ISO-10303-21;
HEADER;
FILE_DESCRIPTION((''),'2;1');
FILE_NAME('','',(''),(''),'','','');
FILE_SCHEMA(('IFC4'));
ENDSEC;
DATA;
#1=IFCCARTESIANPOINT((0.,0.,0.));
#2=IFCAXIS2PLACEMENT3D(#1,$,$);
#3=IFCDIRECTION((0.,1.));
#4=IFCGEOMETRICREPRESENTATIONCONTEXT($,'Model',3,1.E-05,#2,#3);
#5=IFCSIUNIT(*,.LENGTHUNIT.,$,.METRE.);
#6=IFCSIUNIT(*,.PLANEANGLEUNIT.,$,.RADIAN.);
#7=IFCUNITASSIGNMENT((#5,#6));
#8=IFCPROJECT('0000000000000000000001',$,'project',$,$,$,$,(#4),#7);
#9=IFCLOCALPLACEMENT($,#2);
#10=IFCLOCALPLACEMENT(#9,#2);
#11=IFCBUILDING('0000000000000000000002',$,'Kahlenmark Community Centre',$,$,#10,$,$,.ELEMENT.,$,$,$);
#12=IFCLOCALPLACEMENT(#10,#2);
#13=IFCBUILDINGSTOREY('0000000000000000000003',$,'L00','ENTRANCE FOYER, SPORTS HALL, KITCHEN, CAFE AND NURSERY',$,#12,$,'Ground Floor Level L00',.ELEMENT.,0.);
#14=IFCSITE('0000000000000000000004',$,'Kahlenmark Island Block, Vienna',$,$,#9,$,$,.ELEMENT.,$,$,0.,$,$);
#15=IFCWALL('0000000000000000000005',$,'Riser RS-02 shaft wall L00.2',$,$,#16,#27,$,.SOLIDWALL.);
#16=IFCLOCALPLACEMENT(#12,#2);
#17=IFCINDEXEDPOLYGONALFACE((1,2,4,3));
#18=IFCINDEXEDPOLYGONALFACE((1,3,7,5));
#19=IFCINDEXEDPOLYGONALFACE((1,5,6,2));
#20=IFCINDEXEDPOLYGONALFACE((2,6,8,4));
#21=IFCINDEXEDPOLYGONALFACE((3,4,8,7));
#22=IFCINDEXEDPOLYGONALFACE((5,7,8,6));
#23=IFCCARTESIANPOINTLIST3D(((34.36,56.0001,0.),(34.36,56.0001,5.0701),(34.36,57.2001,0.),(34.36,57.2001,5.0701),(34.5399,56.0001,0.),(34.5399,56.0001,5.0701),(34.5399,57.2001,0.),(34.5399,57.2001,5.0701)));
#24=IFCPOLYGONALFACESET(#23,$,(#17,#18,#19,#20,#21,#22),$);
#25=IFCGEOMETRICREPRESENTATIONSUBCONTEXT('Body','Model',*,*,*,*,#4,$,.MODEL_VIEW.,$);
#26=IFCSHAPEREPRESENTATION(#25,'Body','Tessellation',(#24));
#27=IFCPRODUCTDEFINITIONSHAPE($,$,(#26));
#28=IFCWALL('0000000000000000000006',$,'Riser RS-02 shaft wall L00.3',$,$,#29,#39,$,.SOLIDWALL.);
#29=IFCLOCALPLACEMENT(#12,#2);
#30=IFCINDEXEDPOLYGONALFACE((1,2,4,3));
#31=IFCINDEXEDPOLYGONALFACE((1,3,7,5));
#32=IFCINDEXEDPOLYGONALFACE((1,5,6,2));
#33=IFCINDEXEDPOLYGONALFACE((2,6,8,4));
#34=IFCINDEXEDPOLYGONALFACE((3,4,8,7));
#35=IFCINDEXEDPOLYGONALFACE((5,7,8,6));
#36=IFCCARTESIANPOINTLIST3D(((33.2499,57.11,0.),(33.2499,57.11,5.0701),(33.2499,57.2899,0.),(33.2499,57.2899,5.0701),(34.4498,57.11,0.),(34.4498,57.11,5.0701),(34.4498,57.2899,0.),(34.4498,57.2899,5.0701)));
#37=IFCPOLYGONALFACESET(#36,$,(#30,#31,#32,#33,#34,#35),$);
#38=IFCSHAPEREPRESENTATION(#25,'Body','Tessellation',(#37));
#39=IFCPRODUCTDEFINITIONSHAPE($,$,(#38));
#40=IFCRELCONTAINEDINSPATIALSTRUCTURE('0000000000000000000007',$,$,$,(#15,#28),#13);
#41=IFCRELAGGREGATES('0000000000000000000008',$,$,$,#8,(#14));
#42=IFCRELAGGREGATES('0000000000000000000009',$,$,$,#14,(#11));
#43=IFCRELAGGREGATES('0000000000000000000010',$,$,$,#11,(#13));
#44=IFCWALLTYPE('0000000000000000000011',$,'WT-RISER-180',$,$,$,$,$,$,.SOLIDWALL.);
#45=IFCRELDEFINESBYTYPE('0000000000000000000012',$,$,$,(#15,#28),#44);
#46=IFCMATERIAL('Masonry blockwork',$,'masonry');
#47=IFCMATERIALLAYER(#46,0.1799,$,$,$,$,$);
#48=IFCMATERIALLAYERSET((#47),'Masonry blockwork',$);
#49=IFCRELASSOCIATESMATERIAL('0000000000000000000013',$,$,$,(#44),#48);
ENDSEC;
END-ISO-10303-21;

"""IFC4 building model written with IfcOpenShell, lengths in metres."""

from ifc_helpers import new_model, si_unit, direction, frame, frame_2d, origin, place, context, subcontext, project, spatial, rectangle, extrude, material, layer, layer_set, type_object, element, save


model = new_model("IFC4")

# Units and contexts
model_context = context("Model", 3, precision=1e-05, world=origin(), true_north=direction((0.0, 1.0)))
body_context = subcontext(model_context, "Body", "Model", "MODEL_VIEW")
ifc_project = project(units=[si_unit("LENGTHUNIT", "METRE"), si_unit("PLANEANGLEUNIT", "RADIAN")], contexts=[model_context])

# Site, building, storey
site_placement = place(None, origin())
site = spatial("IfcSite", under=ifc_project, at=site_placement, Name="Kahlenmark Island Block, Vienna", CompositionType="ELEMENT", RefElevation=0.0)
building_placement = place(site_placement, origin())
building = spatial("IfcBuilding", under=site, at=building_placement, Name="Kahlenmark Community Centre", CompositionType="ELEMENT")
storey_placement = place(building_placement, origin())
storey = spatial("IfcBuildingStorey", under=building, at=storey_placement, Name="L00", Description="ENTRANCE FOYER, SPORTS HALL, KITCHEN, CAFE AND NURSERY", LongName="Ground Floor Level L00", CompositionType="ELEMENT", Elevation=0.0)

# Walls
ifc_material_1 = material(Name="Masonry blockwork", Category="masonry")
ifc_layer_1 = layer(ifc_material_1, 0.1799)
ifc_layer_set_1 = layer_set([ifc_layer_1], Name="Masonry blockwork")
wall_type_1 = type_object("IfcWallType", Name="WT-RISER-180", PredefinedType="SOLIDWALL", material=ifc_layer_set_1)
for number, where, z_axis, x_axis, name in (
    (1, (34.45, 56.0, 0.0), (0.0, 0.0, 1.0), (0.0, 1.0, 0.0), "Riser RS-02 shaft wall L00.2"),
    (2, (34.45, 57.2, 0.0), (0.0, 0.0, 1.0), (-1.0, 0.0, 0.0), "Riser RS-02 shaft wall L00.3"),
):
    element("IfcWall", number, at=place(storey_placement, frame(where, z_axis=z_axis, x_axis=x_axis)), inside=storey, type_object=wall_type_1, Name=name, PredefinedType="SOLIDWALL", context=body_context, shape_type="SweptSolid", body=[
        extrude(rectangle(XDim=1.2, YDim=0.1799, at=frame_2d((0.6001, 0.0))), origin(), (0.0, 0.0, 1.0), 5.0701),
    ])

save(model, "model.ifc")
